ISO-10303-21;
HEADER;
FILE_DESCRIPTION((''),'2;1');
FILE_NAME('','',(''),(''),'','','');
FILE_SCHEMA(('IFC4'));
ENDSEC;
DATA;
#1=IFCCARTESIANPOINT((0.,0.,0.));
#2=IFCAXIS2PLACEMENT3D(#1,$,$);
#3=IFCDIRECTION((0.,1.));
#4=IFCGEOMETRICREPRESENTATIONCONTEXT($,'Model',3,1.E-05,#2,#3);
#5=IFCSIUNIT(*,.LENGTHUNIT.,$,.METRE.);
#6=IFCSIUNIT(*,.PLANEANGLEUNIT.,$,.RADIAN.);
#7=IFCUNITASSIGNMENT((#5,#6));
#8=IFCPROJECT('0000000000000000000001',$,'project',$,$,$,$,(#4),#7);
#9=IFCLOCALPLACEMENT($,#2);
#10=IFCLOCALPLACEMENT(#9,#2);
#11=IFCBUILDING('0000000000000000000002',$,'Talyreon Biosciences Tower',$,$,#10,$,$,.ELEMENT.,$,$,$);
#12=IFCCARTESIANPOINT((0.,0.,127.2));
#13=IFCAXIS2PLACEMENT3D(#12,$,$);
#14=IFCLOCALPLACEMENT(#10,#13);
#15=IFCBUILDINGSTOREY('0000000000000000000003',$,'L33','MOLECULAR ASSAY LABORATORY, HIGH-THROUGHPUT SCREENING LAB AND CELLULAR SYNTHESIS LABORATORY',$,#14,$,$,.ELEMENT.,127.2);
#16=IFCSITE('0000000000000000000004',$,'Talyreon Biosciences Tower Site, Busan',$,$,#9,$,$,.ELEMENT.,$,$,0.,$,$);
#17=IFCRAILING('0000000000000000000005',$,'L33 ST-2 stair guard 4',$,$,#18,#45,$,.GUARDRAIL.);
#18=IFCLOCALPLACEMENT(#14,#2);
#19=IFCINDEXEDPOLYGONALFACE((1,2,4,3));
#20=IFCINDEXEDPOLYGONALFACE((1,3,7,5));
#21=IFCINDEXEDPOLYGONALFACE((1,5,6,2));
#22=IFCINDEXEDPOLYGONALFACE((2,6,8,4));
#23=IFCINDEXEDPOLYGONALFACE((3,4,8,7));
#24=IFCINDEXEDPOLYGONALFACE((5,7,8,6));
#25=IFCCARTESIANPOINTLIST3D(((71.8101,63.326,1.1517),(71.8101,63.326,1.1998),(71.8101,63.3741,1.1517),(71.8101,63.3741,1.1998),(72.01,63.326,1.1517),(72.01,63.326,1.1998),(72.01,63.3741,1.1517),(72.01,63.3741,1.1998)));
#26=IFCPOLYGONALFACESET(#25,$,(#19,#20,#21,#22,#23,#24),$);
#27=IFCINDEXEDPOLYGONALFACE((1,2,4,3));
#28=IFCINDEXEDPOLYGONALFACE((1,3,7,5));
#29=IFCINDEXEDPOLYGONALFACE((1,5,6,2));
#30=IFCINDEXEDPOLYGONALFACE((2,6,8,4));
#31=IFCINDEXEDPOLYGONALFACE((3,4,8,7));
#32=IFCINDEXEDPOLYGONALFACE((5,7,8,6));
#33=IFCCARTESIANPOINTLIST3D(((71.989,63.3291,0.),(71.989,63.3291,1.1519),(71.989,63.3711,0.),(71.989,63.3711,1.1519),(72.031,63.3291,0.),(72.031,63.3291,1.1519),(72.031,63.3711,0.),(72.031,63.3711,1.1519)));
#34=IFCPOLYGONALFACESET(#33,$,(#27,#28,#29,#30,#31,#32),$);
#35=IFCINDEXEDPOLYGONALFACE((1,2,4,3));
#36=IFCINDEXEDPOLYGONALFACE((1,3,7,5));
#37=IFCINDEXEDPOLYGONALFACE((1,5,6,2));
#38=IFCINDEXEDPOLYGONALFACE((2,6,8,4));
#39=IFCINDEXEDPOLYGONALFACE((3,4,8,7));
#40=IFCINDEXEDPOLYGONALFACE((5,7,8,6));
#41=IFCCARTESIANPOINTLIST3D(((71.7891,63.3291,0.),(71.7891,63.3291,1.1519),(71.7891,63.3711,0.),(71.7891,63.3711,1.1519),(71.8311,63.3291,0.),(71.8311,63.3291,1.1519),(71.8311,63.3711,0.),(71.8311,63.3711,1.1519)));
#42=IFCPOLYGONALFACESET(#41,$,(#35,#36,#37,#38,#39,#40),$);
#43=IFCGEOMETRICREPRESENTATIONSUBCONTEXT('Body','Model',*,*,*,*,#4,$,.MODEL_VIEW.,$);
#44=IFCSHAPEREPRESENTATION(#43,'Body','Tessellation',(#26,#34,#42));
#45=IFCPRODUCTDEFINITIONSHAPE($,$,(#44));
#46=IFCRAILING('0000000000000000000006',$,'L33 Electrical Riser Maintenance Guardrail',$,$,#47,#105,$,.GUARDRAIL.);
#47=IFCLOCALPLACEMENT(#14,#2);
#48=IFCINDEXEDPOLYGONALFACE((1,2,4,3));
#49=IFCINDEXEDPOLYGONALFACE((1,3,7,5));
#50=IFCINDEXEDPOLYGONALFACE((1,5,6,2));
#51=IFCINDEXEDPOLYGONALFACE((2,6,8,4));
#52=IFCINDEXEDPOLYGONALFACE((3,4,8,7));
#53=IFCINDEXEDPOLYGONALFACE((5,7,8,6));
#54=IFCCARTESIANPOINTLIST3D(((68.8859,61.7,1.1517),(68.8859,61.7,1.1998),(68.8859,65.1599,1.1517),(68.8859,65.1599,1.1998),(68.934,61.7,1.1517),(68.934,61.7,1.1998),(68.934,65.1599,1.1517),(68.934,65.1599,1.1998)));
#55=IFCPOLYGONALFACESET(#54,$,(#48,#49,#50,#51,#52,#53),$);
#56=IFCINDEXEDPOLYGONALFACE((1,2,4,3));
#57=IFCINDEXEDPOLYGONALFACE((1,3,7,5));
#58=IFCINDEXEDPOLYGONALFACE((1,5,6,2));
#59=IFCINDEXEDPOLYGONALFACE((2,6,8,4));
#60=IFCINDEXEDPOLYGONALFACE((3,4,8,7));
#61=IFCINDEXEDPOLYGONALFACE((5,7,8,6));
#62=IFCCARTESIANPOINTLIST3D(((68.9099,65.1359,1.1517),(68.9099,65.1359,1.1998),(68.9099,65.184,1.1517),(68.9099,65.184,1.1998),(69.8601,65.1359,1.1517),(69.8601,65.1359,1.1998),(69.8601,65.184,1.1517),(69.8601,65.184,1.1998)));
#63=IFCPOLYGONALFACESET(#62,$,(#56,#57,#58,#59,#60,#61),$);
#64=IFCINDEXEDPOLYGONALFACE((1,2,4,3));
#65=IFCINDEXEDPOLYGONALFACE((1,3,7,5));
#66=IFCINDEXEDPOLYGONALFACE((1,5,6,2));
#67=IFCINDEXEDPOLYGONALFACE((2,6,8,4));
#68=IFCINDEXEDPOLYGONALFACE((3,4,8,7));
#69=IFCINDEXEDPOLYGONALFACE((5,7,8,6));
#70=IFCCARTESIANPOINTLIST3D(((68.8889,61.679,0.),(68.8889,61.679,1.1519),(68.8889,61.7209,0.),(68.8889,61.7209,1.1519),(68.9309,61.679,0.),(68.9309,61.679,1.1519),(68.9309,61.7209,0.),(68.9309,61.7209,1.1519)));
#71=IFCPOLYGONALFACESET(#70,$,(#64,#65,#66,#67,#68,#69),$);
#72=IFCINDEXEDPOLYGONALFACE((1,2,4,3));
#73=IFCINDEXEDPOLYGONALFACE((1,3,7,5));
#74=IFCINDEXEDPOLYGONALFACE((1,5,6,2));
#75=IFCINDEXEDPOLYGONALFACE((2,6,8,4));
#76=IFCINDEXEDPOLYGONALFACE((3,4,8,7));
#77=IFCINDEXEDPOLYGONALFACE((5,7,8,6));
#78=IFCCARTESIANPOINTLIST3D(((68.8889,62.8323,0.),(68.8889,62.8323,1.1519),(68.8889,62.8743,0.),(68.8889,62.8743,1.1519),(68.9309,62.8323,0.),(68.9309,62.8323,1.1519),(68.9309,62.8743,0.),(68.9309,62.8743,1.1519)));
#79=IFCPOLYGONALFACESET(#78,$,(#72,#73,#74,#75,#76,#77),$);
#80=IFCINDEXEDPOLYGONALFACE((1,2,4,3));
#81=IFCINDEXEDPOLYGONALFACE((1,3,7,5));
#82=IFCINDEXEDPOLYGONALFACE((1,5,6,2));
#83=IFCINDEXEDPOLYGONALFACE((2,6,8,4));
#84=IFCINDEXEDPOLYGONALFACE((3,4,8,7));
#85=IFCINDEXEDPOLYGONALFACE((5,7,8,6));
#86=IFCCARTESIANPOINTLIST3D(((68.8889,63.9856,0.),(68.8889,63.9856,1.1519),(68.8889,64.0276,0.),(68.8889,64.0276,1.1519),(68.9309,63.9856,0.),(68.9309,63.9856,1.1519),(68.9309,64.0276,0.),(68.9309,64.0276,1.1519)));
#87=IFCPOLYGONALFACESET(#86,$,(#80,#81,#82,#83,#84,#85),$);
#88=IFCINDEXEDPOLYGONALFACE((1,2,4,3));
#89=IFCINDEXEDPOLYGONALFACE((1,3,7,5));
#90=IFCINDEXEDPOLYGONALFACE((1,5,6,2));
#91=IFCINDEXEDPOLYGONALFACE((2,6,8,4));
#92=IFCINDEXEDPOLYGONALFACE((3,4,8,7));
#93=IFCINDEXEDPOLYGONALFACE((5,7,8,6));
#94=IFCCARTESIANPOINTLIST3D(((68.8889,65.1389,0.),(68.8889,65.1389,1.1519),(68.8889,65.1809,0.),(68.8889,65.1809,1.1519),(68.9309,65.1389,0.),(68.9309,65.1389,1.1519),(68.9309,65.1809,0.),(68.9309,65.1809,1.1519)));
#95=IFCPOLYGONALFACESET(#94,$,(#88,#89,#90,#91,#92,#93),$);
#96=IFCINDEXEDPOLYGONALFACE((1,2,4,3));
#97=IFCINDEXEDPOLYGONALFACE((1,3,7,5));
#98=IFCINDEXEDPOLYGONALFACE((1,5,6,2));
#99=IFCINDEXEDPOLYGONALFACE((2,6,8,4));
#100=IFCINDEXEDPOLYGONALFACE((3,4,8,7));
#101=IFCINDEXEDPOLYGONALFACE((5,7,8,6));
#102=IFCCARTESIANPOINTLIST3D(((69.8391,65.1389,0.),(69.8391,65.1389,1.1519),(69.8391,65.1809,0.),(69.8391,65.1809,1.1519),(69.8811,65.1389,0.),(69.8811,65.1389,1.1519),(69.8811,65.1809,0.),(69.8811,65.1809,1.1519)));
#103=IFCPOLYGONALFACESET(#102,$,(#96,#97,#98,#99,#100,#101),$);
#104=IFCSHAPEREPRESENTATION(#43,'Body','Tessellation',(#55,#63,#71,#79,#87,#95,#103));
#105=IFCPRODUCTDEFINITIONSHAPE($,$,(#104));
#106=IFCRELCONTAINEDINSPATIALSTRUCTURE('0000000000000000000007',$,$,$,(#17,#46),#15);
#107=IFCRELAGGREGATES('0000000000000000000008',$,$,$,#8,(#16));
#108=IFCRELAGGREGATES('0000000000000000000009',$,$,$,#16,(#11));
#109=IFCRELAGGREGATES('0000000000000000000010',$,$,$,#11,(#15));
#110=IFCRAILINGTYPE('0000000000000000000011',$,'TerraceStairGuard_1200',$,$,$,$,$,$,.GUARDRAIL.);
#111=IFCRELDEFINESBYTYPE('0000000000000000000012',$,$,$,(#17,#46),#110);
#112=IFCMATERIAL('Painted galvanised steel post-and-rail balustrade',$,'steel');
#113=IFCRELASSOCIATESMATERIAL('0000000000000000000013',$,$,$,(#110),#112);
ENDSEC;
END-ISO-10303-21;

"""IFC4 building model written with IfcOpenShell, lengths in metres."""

from ifc_helpers import new_model, si_unit, direction, frame, origin, origin_2d, place, context, subcontext, project, spatial, rectangle, extrude, material, type_object, element, save


model = new_model("IFC4")

# Units and contexts
model_context = context("Model", 3, precision=1e-05, world=origin(), true_north=direction((0.0, 1.0)))
body_context = subcontext(model_context, "Body", "Model", "MODEL_VIEW")
ifc_project = project(units=[si_unit("LENGTHUNIT", "METRE"), si_unit("PLANEANGLEUNIT", "RADIAN")], contexts=[model_context])

# Site, building, storey
site_placement = place(None, origin())
site = spatial("IfcSite", under=ifc_project, at=site_placement, Name="Talyreon Biosciences Tower Site, Busan", CompositionType="ELEMENT", RefElevation=0.0)
building_placement = place(site_placement, origin())
building = spatial("IfcBuilding", under=site, at=building_placement, Name="Talyreon Biosciences Tower", CompositionType="ELEMENT")
storey_placement = place(building_placement, frame((0.0, 0.0, 127.2)))
storey = spatial("IfcBuildingStorey", under=building, at=storey_placement, Name="L33", Description="MOLECULAR ASSAY LABORATORY, HIGH-THROUGHPUT SCREENING LAB AND CELLULAR SYNTHESIS LABORATORY", CompositionType="ELEMENT", Elevation=127.2)

# Railings
ifc_material_1 = material(Name="Painted galvanised steel post-and-rail balustrade", Category="steel")
railing_type_1 = type_object("IfcRailingType", Name="TerraceStairGuard_1200", PredefinedType="GUARDRAIL", material=ifc_material_1)
railing_1_placement = place(storey_placement, frame((72.01, 63.3501, 0.0)))
element("IfcRailing", 1, at=railing_1_placement, inside=storey, type_object=railing_type_1, Name="L33 ST-2 stair guard 4", PredefinedType="GUARDRAIL", context=body_context, shape_type="SweptSolid", body=[
    extrude(rectangle(XDim=0.0481, YDim=0.0481, at=origin_2d()), frame((0.0, 0.0, 1.1758), z_axis=(-1.0, 0.0, 0.0), x_axis=(0.0, -1.0, 0.0)), (0.0, 0.0, 1.0), 0.2),
    extrude(rectangle(XDim=0.042, YDim=0.042, at=origin_2d()), origin(), (0.0, 0.0, 1.0), 1.1519),
    extrude(rectangle(XDim=0.042, YDim=0.042, at=origin_2d()), frame((-0.2, 0.0, 0.0)), (0.0, 0.0, 1.0), 1.1519),
])
railing_2_placement = place(storey_placement, frame((68.9099, 61.7, 0.0)))
element("IfcRailing", 2, at=railing_2_placement, inside=storey, type_object=railing_type_1, Name="L33 Electrical Riser Maintenance Guardrail", PredefinedType="GUARDRAIL", context=body_context, shape_type="SweptSolid", body=[
    extrude(rectangle(XDim=0.0481, YDim=0.0481, at=origin_2d()), frame((0.0, 0.0, 1.1758), z_axis=(0.0, 1.0, 0.0), x_axis=(-1.0, 0.0, 0.0)), (0.0, 0.0, 1.0), 3.46),
    extrude(rectangle(XDim=0.0481, YDim=0.0481, at=origin_2d()), frame((0.0, 3.46, 1.1758), z_axis=(1.0, 0.0, 0.0), x_axis=(0.0, 1.0, 0.0)), (0.0, 0.0, 1.0), 0.9502),
    extrude(rectangle(XDim=0.042, YDim=0.042, at=origin_2d()), origin(), (0.0, 0.0, 1.0), 1.1519),
    extrude(rectangle(XDim=0.042, YDim=0.042, at=origin_2d()), frame((0.0, 1.1533, 0.0)), (0.0, 0.0, 1.0), 1.1519),
    extrude(rectangle(XDim=0.042, YDim=0.042, at=origin_2d()), frame((0.0, 2.3066, 0.0)), (0.0, 0.0, 1.0), 1.1519),
    extrude(rectangle(XDim=0.042, YDim=0.042, at=origin_2d()), frame((0.0, 3.46, 0.0)), (0.0, 0.0, 1.0), 1.1519),
    extrude(rectangle(XDim=0.042, YDim=0.042, at=origin_2d()), frame((0.9502, 3.46, 0.0)), (0.0, 0.0, 1.0), 1.1519),
])

save(model, "model.ifc")
